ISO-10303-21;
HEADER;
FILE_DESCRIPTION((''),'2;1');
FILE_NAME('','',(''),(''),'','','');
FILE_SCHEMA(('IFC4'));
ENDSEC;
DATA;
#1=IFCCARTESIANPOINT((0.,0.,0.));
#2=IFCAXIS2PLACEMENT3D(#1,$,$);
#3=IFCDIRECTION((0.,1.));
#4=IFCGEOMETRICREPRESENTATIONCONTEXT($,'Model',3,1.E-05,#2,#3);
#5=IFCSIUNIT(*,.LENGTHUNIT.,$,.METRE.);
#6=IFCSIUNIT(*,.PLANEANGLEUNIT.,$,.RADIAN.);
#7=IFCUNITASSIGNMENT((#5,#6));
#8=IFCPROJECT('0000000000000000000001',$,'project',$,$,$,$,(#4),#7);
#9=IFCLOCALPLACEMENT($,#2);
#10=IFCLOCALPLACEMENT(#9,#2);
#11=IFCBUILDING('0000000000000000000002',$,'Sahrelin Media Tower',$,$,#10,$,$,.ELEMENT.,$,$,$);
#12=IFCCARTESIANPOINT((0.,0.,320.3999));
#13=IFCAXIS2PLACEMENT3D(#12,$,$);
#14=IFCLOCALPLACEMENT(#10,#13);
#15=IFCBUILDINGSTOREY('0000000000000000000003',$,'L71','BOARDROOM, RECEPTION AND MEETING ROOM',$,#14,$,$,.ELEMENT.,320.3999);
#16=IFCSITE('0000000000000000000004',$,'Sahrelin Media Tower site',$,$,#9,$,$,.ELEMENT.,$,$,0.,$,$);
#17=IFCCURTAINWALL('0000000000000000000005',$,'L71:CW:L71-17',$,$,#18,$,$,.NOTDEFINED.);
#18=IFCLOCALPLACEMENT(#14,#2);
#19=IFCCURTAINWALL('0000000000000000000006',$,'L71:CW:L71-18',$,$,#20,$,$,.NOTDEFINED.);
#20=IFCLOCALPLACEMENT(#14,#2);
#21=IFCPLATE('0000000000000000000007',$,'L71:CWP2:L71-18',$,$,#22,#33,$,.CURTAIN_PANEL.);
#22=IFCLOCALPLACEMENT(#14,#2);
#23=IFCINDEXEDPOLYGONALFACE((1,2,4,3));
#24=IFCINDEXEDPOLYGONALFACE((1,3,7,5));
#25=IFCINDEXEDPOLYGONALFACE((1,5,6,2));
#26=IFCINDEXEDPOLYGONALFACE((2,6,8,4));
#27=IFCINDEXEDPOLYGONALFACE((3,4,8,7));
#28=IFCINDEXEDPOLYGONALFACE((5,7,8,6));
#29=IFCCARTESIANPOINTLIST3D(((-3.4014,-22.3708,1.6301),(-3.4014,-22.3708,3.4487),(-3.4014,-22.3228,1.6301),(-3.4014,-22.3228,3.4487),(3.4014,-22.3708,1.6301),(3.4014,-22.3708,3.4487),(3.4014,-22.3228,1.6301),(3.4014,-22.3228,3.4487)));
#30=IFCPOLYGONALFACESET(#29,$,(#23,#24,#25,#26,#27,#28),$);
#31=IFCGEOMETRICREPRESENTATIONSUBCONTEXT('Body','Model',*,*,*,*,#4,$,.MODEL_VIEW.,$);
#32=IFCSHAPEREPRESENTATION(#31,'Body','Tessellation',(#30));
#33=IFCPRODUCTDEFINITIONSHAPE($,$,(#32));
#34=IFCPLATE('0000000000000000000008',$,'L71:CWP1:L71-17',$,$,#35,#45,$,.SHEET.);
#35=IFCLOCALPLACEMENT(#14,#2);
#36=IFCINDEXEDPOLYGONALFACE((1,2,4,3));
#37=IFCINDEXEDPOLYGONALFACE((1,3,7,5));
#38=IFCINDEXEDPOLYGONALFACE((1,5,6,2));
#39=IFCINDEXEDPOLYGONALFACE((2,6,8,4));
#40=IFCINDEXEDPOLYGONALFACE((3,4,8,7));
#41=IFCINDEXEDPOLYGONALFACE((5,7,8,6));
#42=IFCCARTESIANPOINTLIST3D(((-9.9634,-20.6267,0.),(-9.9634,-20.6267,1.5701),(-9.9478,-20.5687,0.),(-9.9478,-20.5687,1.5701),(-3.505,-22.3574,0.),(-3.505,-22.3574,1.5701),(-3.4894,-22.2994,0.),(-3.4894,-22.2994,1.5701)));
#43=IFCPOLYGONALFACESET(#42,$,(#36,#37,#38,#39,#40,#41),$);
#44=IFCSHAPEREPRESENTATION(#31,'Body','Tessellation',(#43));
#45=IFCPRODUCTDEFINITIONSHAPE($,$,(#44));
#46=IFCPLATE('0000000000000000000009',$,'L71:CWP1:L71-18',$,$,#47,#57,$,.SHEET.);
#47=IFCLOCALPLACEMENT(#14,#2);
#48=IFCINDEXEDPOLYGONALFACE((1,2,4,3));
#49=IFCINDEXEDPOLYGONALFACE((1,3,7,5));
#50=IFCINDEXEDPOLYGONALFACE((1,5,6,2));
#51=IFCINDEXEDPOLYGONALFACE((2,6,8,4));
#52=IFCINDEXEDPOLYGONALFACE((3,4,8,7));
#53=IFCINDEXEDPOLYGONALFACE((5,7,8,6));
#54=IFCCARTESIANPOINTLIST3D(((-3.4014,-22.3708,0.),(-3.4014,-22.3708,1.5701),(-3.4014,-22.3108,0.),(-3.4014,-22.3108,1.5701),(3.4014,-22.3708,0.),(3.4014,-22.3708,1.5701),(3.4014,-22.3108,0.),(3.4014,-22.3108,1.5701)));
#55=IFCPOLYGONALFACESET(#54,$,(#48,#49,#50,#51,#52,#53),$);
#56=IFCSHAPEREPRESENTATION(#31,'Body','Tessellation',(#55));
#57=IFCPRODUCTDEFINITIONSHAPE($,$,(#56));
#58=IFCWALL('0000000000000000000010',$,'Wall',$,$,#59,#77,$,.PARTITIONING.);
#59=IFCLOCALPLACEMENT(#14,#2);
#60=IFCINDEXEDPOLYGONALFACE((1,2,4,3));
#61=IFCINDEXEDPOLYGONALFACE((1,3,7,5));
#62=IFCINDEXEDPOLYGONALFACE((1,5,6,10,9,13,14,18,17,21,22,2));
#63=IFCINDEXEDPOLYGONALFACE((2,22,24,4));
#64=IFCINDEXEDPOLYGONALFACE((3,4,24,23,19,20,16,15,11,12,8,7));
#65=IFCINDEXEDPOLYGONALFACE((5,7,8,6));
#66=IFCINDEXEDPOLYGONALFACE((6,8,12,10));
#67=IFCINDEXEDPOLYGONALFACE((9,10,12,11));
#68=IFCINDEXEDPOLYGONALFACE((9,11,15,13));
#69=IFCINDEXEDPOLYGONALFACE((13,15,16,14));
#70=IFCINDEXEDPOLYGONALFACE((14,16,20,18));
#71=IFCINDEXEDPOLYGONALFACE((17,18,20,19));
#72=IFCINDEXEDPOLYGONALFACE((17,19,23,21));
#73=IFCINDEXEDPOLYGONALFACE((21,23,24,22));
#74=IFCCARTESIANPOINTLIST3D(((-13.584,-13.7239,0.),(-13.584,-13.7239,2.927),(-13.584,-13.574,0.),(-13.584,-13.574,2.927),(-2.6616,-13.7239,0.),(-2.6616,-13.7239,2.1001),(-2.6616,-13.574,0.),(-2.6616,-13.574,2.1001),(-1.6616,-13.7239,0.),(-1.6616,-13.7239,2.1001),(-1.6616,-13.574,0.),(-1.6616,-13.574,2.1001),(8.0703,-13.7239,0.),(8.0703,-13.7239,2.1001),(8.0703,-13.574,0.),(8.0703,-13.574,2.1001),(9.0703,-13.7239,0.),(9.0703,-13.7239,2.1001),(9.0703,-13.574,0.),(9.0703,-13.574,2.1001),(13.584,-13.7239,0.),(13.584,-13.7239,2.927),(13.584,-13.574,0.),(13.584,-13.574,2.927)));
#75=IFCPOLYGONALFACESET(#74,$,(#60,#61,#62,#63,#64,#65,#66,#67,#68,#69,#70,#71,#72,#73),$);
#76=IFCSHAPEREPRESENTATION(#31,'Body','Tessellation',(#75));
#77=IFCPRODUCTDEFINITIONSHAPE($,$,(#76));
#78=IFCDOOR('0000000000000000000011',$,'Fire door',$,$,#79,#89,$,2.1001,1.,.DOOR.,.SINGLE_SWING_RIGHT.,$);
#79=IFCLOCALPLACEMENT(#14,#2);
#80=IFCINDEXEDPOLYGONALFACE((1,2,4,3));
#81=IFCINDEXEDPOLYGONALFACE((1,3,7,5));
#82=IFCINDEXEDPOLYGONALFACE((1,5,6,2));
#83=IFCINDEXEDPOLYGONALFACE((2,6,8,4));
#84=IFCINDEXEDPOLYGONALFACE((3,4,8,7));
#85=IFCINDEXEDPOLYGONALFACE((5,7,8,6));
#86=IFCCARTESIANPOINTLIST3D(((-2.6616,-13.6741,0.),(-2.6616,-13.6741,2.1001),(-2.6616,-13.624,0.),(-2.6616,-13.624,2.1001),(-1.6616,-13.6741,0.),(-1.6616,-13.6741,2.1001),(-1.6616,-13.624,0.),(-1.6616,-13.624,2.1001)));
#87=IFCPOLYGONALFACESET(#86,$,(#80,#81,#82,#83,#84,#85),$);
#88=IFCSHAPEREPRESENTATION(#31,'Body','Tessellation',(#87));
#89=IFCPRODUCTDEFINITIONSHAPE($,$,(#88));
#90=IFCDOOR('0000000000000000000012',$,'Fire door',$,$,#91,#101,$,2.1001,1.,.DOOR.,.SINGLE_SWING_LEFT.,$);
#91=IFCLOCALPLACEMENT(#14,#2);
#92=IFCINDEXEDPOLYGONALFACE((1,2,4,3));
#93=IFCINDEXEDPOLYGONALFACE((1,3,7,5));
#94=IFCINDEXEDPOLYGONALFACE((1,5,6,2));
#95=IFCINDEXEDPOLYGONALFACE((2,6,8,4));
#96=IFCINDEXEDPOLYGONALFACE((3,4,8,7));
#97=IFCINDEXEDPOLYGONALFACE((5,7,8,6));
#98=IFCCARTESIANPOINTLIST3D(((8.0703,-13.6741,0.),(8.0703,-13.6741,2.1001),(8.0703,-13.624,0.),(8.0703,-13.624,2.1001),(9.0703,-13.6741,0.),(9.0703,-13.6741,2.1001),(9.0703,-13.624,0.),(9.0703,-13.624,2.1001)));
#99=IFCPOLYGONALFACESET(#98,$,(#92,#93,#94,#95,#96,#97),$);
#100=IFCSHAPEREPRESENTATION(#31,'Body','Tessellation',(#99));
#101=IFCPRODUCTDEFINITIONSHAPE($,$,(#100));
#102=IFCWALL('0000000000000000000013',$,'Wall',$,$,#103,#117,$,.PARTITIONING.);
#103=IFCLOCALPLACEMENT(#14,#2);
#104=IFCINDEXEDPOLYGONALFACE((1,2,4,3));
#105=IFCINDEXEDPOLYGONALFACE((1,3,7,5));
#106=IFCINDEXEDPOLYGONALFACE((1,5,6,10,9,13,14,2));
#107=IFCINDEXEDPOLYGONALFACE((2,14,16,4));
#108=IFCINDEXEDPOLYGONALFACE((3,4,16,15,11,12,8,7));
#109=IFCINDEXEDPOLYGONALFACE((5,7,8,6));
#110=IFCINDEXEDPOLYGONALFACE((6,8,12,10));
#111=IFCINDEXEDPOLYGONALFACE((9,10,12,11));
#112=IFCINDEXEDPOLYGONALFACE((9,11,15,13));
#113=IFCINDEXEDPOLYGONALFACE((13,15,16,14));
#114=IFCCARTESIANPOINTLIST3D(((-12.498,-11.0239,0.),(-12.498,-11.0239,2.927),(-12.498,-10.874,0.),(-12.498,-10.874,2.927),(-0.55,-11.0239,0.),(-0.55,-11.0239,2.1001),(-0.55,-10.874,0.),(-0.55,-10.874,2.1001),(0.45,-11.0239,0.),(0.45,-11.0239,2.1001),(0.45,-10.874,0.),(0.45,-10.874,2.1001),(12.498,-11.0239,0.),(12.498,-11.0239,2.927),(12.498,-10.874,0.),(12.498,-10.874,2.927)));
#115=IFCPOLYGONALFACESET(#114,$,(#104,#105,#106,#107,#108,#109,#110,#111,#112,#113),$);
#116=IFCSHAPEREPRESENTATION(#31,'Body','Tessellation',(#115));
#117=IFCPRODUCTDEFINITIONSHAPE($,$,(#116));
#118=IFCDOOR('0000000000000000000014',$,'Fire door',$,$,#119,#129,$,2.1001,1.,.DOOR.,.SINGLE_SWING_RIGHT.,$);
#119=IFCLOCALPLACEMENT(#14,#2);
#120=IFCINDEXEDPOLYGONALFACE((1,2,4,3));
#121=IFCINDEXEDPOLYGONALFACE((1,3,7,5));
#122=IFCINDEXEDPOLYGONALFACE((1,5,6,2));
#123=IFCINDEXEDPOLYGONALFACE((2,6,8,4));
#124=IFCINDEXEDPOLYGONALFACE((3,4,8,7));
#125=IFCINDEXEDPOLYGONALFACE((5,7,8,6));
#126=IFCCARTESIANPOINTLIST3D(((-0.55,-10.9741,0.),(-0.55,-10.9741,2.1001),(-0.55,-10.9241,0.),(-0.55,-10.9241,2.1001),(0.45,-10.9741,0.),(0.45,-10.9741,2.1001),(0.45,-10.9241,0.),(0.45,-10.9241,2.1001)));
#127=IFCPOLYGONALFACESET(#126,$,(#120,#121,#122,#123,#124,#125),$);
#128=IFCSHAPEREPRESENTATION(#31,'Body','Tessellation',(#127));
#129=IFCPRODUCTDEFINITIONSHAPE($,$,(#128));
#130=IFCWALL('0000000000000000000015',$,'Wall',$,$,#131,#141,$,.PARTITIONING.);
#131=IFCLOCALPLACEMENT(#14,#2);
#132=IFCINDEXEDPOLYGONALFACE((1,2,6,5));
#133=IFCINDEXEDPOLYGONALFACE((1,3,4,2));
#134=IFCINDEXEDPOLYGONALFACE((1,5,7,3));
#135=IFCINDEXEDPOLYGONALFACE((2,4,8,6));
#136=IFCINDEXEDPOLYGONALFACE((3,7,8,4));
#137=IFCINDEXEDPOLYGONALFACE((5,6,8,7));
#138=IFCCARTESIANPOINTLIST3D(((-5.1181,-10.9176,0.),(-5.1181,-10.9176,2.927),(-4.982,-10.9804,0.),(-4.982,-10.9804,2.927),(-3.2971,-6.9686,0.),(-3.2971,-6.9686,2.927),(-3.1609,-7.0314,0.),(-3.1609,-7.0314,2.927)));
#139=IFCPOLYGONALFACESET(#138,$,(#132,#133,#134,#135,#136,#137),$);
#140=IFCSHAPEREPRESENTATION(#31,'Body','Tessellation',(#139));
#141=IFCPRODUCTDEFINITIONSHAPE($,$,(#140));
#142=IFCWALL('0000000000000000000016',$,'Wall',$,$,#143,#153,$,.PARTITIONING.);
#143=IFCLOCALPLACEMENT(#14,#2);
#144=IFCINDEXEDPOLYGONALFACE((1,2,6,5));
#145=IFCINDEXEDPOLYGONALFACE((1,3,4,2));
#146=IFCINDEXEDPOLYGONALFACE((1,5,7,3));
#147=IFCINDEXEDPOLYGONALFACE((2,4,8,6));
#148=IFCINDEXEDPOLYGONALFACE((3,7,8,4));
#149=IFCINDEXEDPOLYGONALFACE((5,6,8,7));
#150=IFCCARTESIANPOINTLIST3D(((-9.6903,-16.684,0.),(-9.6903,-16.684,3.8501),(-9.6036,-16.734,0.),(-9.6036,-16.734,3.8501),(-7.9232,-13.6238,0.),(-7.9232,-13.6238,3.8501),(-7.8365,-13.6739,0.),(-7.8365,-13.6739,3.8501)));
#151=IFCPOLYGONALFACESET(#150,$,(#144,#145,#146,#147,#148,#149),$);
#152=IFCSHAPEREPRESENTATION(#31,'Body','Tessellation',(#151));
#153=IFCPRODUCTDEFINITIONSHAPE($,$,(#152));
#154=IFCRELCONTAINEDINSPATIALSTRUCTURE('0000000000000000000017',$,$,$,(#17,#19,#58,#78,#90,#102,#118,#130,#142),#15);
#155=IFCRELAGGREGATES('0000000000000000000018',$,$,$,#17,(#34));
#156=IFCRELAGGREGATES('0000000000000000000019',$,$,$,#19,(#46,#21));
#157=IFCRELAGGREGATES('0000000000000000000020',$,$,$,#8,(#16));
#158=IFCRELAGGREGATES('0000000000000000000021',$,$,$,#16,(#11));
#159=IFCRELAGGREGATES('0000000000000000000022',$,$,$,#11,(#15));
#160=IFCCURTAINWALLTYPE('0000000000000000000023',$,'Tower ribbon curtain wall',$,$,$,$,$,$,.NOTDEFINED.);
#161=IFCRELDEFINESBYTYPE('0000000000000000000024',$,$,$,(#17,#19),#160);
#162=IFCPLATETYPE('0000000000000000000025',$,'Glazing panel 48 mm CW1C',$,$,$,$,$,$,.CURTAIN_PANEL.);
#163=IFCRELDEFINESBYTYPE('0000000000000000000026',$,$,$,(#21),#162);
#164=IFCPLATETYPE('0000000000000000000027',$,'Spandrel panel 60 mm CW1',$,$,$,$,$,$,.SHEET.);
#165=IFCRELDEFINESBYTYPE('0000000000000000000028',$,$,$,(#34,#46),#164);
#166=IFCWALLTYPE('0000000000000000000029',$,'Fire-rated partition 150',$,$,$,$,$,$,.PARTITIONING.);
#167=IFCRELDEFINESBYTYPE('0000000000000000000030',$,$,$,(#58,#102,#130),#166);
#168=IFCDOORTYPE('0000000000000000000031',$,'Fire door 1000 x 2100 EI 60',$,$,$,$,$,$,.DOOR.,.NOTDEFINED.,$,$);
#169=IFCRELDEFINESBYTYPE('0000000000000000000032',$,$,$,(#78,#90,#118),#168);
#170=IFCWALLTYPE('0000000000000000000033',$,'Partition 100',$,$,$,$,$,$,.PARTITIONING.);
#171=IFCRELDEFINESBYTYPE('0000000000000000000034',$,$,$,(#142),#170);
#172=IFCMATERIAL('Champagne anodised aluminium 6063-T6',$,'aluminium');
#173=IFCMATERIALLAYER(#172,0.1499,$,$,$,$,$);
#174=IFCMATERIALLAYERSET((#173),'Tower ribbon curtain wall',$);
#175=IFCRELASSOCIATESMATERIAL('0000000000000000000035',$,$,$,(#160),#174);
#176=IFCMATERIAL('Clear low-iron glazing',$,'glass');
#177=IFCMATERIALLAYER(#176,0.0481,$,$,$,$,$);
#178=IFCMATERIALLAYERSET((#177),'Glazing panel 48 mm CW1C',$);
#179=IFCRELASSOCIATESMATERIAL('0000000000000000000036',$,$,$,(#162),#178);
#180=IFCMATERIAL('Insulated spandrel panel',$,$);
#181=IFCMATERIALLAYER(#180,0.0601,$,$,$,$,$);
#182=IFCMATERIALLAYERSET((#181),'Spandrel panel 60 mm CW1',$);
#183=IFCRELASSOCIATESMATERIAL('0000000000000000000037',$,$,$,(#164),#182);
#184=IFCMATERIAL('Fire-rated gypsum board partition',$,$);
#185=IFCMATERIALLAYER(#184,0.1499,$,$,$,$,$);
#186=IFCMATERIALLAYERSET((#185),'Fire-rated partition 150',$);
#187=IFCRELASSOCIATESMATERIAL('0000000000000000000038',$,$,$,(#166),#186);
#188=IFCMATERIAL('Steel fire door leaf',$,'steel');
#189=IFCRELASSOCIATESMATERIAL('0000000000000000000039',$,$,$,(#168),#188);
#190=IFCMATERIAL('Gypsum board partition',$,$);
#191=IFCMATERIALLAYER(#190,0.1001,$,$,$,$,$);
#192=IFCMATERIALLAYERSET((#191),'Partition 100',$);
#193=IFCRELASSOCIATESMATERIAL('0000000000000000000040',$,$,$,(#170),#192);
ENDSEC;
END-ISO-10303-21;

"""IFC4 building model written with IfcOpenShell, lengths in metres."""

from ifc_helpers import new_model, si_unit, direction, frame, frame_2d, origin, place, context, subcontext, project, spatial, polyline, rectangle, outline, extrude, material, layer, layer_set, type_object, element, fill, aggregate, save


model = new_model("IFC4")

# Units and contexts
model_context = context("Model", 3, precision=1e-05, world=origin(), true_north=direction((0.0, 1.0)))
body_context = subcontext(model_context, "Body", "Model", "MODEL_VIEW")
ifc_project = project(units=[si_unit("LENGTHUNIT", "METRE"), si_unit("PLANEANGLEUNIT", "RADIAN")], contexts=[model_context])

# Site, building, storey
site_placement = place(None, origin())
site = spatial("IfcSite", under=ifc_project, at=site_placement, Name="Sahrelin Media Tower site", CompositionType="ELEMENT", RefElevation=0.0)
building_placement = place(site_placement, origin())
building = spatial("IfcBuilding", under=site, at=building_placement, Name="Sahrelin Media Tower", CompositionType="ELEMENT")
storey_placement = place(building_placement, frame((0.0, 0.0, 320.3999)))
storey = spatial("IfcBuildingStorey", under=building, at=storey_placement, Name="L71", Description="BOARDROOM, RECEPTION AND MEETING ROOM", CompositionType="ELEMENT", Elevation=320.3999)

# Curtain wall
ifc_material_1 = material(Name="Champagne anodised aluminium 6063-T6", Category="aluminium")
ifc_layer_1 = layer(ifc_material_1, 0.1499)
ifc_layer_set_1 = layer_set([ifc_layer_1], Name="Tower ribbon curtain wall")
curtain_wall_type = type_object("IfcCurtainWallType", Name="Tower ribbon curtain wall", PredefinedType="NOTDEFINED", material=ifc_layer_set_1)
curtain_wall_1_placement = place(storey_placement, frame((-6.729, -21.4727, 0.0), z_axis=(0.0, 0.0, 1.0), x_axis=(1.0, 0.0, 0.0)))
curtain_wall_1 = element("IfcCurtainWall", 1, at=curtain_wall_1_placement, inside=storey, type_object=curtain_wall_type, Name="L71:CW:L71-17", PredefinedType="NOTDEFINED")

# Curtain wall
curtain_wall_2_placement = place(storey_placement, frame((0.0, -22.3508, 0.0), z_axis=(0.0, 0.0, 1.0), x_axis=(1.0, 0.0, 0.0)))
curtain_wall_2 = element("IfcCurtainWall", 2, at=curtain_wall_2_placement, inside=storey, type_object=curtain_wall_type, Name="L71:CW:L71-18", PredefinedType="NOTDEFINED")

# Plates
ifc_material_2 = material(Name="Clear low-iron glazing", Category="glass")
ifc_layer_2 = layer(ifc_material_2, 0.0481)
ifc_layer_set_2 = layer_set([ifc_layer_2], Name="Glazing panel 48 mm CW1C")
plate_type_1 = type_object("IfcPlateType", Name="Glazing panel 48 mm CW1C", PredefinedType="CURTAIN_PANEL", material=ifc_layer_set_2)
plate_1_placement = place(storey_placement, frame((-3.4014, -22.3708, 1.6301), z_axis=(0.0, -1.0, 0.0), x_axis=(1.0, 0.0, 0.0)))
plate_1 = element("IfcPlate", 3, at=plate_1_placement, type_object=plate_type_1, Name="L71:CWP2:L71-18", PredefinedType="CURTAIN_PANEL", context=body_context, shape_type="SweptSolid", body=[
    extrude(outline(polyline([(0.0, 0.0), (6.8027, 0.0), (6.8027, 1.8186), (0.0, 1.8186), (0.0, 0.0)])), origin(), (0.0, 0.0, -1.0), 0.0481),
])
ifc_material_3 = material(Name="Insulated spandrel panel")
ifc_layer_3 = layer(ifc_material_3, 0.0601)
ifc_layer_set_3 = layer_set([ifc_layer_3], Name="Spandrel panel 60 mm CW1")
plate_type_2 = type_object("IfcPlateType", Name="Spandrel panel 60 mm CW1", PredefinedType="SHEET", material=ifc_layer_set_3)
plate_2_placement = place(storey_placement, frame((-9.9634, -20.6267, 0.0), z_axis=(-0.258842, -0.96592, 0.0), x_axis=(0.96592, -0.258842, 0.0)))
plate_2 = element("IfcPlate", 4, at=plate_2_placement, type_object=plate_type_2, Name="L71:CWP1:L71-17", PredefinedType="SHEET", context=body_context, shape_type="SweptSolid", body=[
    extrude(outline(polyline([(0.0, 0.0), (6.6863, 0.0), (6.6863, 1.5701), (0.0, 1.5701), (0.0, 0.0)])), origin(), (0.0, 0.0, -1.0), 0.0601),
])
aggregate(curtain_wall_1, [plate_2])
plate_3_placement = place(storey_placement, frame((-3.4014, -22.3708, 0.0), z_axis=(0.0, -1.0, 0.0), x_axis=(1.0, 0.0, 0.0)))
plate_3 = element("IfcPlate", 5, at=plate_3_placement, type_object=plate_type_2, Name="L71:CWP1:L71-18", PredefinedType="SHEET", context=body_context, shape_type="SweptSolid", body=[
    extrude(outline(polyline([(0.0, 0.0), (6.8027, 0.0), (6.8027, 1.5701), (0.0, 1.5701), (0.0, 0.0)])), origin(), (0.0, 0.0, -1.0), 0.0601),
])
aggregate(curtain_wall_2, [plate_3, plate_1])

# Wall, openings, doors
ifc_material_4 = material(Name="Fire-rated gypsum board partition")
ifc_layer_4 = layer(ifc_material_4, 0.1499)
ifc_layer_set_4 = layer_set([ifc_layer_4], Name="Fire-rated partition 150")
wall_type_1 = type_object("IfcWallType", Name="Fire-rated partition 150", PredefinedType="PARTITIONING", material=ifc_layer_set_4)
wall_1_placement = place(storey_placement, frame((-13.584, -13.6489, 0.0), z_axis=(0.0, 0.0, 1.0), x_axis=(1.0, 0.0, 0.0)))
wall_1 = element("IfcWall", 6, at=wall_1_placement, inside=storey, type_object=wall_type_1, Name="Wall", PredefinedType="PARTITIONING", context=body_context, shape_type="SweptSolid", body=[
    extrude(rectangle(XDim=27.168, YDim=0.1499, at=frame_2d((13.584, 0.0))), origin(), (0.0, 0.0, 1.0), 2.927),
])
opening_1_placement = place(wall_1_placement, frame((10.9224, 0.0, 0.0)))
opening_1 = element("IfcOpeningElement", 7, at=opening_1_placement, cuts=wall_1, PredefinedType="OPENING", context=body_context, shape_type="SweptSolid", body=[
    extrude(rectangle(XDim=1.0, YDim=2.1001, at=frame_2d((0.5, 1.05))), frame((0.0, 0.075, 0.0), z_axis=(0.0, -1.0, 0.0), x_axis=(1.0, 0.0, 0.0)), (0.0, 0.0, 1.0), 0.1499),
])
opening_2_placement = place(wall_1_placement, frame((21.6543, 0.0, 0.0)))
opening_2 = element("IfcOpeningElement", 8, at=opening_2_placement, cuts=wall_1, PredefinedType="OPENING", context=body_context, shape_type="SweptSolid", body=[
    extrude(rectangle(XDim=1.0, YDim=2.1001, at=frame_2d((0.5, 1.05))), frame((0.0, 0.075, 0.0), z_axis=(0.0, -1.0, 0.0), x_axis=(1.0, 0.0, 0.0)), (0.0, 0.0, 1.0), 0.1499),
])
ifc_material_5 = material(Name="Steel fire door leaf", Category="steel")
door_type = type_object("IfcDoorType", Name="Fire door 1000 x 2100 EI 60", OperationType="NOTDEFINED", PredefinedType="DOOR", material=ifc_material_5)
door_1_placement = place(opening_1_placement, origin())
door_1 = element("IfcDoor", 9, at=door_1_placement, inside=storey, type_object=door_type, Name="Fire door", OperationType="SINGLE_SWING_RIGHT", OverallHeight=2.1001, OverallWidth=1.0, PredefinedType="DOOR", context=body_context, shape_type="SweptSolid", body=[
    extrude(rectangle(XDim=1.0, YDim=2.1001, at=frame_2d((0.5, 1.05))), frame((0.0, 0.0249, 0.0), z_axis=(0.0, -1.0, 0.0), x_axis=(1.0, 0.0, 0.0)), (0.0, 0.0, 1.0), 0.05),
])
fill(opening_1, door_1)
door_2_placement = place(opening_2_placement, origin())
door_2 = element("IfcDoor", 10, at=door_2_placement, inside=storey, type_object=door_type, Name="Fire door", OperationType="SINGLE_SWING_LEFT", OverallHeight=2.1001, OverallWidth=1.0, PredefinedType="DOOR", context=body_context, shape_type="SweptSolid", body=[
    extrude(rectangle(XDim=1.0, YDim=2.1001, at=frame_2d((0.5, 1.05))), frame((0.0, 0.0249, 0.0), z_axis=(0.0, -1.0, 0.0), x_axis=(1.0, 0.0, 0.0)), (0.0, 0.0, 1.0), 0.05),
])
fill(opening_2, door_2)

# Wall, opening, door
wall_2_placement = place(storey_placement, frame((-12.498, -10.949, 0.0), z_axis=(0.0, 0.0, 1.0), x_axis=(1.0, 0.0, 0.0)))
wall_2 = element("IfcWall", 11, at=wall_2_placement, inside=storey, type_object=wall_type_1, Name="Wall", PredefinedType="PARTITIONING", context=body_context, shape_type="SweptSolid", body=[
    extrude(rectangle(XDim=24.9961, YDim=0.1499, at=frame_2d((12.498, 0.0))), origin(), (0.0, 0.0, 1.0), 2.927),
])
opening_3_placement = place(wall_2_placement, frame((11.948, 0.0, 0.0)))
opening_3 = element("IfcOpeningElement", 12, at=opening_3_placement, cuts=wall_2, PredefinedType="OPENING", context=body_context, shape_type="SweptSolid", body=[
    extrude(rectangle(XDim=1.0, YDim=2.1001, at=frame_2d((0.5, 1.05))), frame((0.0, 0.075, 0.0), z_axis=(0.0, -1.0, 0.0), x_axis=(1.0, 0.0, 0.0)), (0.0, 0.0, 1.0), 0.1499),
])
door_3_placement = place(opening_3_placement, origin())
door_3 = element("IfcDoor", 13, at=door_3_placement, inside=storey, type_object=door_type, Name="Fire door", OperationType="SINGLE_SWING_RIGHT", OverallHeight=2.1001, OverallWidth=1.0, PredefinedType="DOOR", context=body_context, shape_type="SweptSolid", body=[
    extrude(rectangle(XDim=1.0, YDim=2.1001, at=frame_2d((0.5, 1.05))), frame((0.0, 0.0249, 0.0), z_axis=(0.0, -1.0, 0.0), x_axis=(1.0, 0.0, 0.0)), (0.0, 0.0, 1.0), 0.05),
])
fill(opening_3, door_3)

# Walls
wall_3_placement = place(storey_placement, frame((-5.05, -10.949, 0.0), z_axis=(0.0, 0.0, 1.0), x_axis=(0.418763, 0.908096, 0.0)))
element("IfcWall", 14, at=wall_3_placement, inside=storey, type_object=wall_type_1, Name="Wall", PredefinedType="PARTITIONING", context=body_context, shape_type="SweptSolid", body=[
    extrude(rectangle(XDim=4.3486, YDim=0.1499, at=frame_2d((2.1743, 0.0))), origin(), (0.0, 0.0, 1.0), 2.927),
])
ifc_material_6 = material(Name="Gypsum board partition")
ifc_layer_5 = layer(ifc_material_6, 0.1001)
ifc_layer_set_5 = layer_set([ifc_layer_5], Name="Partition 100")
wall_type_2 = type_object("IfcWallType", Name="Partition 100", PredefinedType="PARTITIONING", material=ifc_layer_set_5)
wall_4_placement = place(storey_placement, frame((-9.647, -16.709, 0.0), z_axis=(0.0, 0.0, 1.0), x_axis=(0.500077, 0.865981, 0.0)))
element("IfcWall", 15, at=wall_4_placement, inside=storey, type_object=wall_type_2, Name="Wall", PredefinedType="PARTITIONING", context=body_context, shape_type="SweptSolid", body=[
    extrude(rectangle(XDim=3.5337, YDim=0.1001, at=frame_2d((1.7668, 0.0))), origin(), (0.0, 0.0, 1.0), 3.8501),
])

save(model, "model.ifc")
